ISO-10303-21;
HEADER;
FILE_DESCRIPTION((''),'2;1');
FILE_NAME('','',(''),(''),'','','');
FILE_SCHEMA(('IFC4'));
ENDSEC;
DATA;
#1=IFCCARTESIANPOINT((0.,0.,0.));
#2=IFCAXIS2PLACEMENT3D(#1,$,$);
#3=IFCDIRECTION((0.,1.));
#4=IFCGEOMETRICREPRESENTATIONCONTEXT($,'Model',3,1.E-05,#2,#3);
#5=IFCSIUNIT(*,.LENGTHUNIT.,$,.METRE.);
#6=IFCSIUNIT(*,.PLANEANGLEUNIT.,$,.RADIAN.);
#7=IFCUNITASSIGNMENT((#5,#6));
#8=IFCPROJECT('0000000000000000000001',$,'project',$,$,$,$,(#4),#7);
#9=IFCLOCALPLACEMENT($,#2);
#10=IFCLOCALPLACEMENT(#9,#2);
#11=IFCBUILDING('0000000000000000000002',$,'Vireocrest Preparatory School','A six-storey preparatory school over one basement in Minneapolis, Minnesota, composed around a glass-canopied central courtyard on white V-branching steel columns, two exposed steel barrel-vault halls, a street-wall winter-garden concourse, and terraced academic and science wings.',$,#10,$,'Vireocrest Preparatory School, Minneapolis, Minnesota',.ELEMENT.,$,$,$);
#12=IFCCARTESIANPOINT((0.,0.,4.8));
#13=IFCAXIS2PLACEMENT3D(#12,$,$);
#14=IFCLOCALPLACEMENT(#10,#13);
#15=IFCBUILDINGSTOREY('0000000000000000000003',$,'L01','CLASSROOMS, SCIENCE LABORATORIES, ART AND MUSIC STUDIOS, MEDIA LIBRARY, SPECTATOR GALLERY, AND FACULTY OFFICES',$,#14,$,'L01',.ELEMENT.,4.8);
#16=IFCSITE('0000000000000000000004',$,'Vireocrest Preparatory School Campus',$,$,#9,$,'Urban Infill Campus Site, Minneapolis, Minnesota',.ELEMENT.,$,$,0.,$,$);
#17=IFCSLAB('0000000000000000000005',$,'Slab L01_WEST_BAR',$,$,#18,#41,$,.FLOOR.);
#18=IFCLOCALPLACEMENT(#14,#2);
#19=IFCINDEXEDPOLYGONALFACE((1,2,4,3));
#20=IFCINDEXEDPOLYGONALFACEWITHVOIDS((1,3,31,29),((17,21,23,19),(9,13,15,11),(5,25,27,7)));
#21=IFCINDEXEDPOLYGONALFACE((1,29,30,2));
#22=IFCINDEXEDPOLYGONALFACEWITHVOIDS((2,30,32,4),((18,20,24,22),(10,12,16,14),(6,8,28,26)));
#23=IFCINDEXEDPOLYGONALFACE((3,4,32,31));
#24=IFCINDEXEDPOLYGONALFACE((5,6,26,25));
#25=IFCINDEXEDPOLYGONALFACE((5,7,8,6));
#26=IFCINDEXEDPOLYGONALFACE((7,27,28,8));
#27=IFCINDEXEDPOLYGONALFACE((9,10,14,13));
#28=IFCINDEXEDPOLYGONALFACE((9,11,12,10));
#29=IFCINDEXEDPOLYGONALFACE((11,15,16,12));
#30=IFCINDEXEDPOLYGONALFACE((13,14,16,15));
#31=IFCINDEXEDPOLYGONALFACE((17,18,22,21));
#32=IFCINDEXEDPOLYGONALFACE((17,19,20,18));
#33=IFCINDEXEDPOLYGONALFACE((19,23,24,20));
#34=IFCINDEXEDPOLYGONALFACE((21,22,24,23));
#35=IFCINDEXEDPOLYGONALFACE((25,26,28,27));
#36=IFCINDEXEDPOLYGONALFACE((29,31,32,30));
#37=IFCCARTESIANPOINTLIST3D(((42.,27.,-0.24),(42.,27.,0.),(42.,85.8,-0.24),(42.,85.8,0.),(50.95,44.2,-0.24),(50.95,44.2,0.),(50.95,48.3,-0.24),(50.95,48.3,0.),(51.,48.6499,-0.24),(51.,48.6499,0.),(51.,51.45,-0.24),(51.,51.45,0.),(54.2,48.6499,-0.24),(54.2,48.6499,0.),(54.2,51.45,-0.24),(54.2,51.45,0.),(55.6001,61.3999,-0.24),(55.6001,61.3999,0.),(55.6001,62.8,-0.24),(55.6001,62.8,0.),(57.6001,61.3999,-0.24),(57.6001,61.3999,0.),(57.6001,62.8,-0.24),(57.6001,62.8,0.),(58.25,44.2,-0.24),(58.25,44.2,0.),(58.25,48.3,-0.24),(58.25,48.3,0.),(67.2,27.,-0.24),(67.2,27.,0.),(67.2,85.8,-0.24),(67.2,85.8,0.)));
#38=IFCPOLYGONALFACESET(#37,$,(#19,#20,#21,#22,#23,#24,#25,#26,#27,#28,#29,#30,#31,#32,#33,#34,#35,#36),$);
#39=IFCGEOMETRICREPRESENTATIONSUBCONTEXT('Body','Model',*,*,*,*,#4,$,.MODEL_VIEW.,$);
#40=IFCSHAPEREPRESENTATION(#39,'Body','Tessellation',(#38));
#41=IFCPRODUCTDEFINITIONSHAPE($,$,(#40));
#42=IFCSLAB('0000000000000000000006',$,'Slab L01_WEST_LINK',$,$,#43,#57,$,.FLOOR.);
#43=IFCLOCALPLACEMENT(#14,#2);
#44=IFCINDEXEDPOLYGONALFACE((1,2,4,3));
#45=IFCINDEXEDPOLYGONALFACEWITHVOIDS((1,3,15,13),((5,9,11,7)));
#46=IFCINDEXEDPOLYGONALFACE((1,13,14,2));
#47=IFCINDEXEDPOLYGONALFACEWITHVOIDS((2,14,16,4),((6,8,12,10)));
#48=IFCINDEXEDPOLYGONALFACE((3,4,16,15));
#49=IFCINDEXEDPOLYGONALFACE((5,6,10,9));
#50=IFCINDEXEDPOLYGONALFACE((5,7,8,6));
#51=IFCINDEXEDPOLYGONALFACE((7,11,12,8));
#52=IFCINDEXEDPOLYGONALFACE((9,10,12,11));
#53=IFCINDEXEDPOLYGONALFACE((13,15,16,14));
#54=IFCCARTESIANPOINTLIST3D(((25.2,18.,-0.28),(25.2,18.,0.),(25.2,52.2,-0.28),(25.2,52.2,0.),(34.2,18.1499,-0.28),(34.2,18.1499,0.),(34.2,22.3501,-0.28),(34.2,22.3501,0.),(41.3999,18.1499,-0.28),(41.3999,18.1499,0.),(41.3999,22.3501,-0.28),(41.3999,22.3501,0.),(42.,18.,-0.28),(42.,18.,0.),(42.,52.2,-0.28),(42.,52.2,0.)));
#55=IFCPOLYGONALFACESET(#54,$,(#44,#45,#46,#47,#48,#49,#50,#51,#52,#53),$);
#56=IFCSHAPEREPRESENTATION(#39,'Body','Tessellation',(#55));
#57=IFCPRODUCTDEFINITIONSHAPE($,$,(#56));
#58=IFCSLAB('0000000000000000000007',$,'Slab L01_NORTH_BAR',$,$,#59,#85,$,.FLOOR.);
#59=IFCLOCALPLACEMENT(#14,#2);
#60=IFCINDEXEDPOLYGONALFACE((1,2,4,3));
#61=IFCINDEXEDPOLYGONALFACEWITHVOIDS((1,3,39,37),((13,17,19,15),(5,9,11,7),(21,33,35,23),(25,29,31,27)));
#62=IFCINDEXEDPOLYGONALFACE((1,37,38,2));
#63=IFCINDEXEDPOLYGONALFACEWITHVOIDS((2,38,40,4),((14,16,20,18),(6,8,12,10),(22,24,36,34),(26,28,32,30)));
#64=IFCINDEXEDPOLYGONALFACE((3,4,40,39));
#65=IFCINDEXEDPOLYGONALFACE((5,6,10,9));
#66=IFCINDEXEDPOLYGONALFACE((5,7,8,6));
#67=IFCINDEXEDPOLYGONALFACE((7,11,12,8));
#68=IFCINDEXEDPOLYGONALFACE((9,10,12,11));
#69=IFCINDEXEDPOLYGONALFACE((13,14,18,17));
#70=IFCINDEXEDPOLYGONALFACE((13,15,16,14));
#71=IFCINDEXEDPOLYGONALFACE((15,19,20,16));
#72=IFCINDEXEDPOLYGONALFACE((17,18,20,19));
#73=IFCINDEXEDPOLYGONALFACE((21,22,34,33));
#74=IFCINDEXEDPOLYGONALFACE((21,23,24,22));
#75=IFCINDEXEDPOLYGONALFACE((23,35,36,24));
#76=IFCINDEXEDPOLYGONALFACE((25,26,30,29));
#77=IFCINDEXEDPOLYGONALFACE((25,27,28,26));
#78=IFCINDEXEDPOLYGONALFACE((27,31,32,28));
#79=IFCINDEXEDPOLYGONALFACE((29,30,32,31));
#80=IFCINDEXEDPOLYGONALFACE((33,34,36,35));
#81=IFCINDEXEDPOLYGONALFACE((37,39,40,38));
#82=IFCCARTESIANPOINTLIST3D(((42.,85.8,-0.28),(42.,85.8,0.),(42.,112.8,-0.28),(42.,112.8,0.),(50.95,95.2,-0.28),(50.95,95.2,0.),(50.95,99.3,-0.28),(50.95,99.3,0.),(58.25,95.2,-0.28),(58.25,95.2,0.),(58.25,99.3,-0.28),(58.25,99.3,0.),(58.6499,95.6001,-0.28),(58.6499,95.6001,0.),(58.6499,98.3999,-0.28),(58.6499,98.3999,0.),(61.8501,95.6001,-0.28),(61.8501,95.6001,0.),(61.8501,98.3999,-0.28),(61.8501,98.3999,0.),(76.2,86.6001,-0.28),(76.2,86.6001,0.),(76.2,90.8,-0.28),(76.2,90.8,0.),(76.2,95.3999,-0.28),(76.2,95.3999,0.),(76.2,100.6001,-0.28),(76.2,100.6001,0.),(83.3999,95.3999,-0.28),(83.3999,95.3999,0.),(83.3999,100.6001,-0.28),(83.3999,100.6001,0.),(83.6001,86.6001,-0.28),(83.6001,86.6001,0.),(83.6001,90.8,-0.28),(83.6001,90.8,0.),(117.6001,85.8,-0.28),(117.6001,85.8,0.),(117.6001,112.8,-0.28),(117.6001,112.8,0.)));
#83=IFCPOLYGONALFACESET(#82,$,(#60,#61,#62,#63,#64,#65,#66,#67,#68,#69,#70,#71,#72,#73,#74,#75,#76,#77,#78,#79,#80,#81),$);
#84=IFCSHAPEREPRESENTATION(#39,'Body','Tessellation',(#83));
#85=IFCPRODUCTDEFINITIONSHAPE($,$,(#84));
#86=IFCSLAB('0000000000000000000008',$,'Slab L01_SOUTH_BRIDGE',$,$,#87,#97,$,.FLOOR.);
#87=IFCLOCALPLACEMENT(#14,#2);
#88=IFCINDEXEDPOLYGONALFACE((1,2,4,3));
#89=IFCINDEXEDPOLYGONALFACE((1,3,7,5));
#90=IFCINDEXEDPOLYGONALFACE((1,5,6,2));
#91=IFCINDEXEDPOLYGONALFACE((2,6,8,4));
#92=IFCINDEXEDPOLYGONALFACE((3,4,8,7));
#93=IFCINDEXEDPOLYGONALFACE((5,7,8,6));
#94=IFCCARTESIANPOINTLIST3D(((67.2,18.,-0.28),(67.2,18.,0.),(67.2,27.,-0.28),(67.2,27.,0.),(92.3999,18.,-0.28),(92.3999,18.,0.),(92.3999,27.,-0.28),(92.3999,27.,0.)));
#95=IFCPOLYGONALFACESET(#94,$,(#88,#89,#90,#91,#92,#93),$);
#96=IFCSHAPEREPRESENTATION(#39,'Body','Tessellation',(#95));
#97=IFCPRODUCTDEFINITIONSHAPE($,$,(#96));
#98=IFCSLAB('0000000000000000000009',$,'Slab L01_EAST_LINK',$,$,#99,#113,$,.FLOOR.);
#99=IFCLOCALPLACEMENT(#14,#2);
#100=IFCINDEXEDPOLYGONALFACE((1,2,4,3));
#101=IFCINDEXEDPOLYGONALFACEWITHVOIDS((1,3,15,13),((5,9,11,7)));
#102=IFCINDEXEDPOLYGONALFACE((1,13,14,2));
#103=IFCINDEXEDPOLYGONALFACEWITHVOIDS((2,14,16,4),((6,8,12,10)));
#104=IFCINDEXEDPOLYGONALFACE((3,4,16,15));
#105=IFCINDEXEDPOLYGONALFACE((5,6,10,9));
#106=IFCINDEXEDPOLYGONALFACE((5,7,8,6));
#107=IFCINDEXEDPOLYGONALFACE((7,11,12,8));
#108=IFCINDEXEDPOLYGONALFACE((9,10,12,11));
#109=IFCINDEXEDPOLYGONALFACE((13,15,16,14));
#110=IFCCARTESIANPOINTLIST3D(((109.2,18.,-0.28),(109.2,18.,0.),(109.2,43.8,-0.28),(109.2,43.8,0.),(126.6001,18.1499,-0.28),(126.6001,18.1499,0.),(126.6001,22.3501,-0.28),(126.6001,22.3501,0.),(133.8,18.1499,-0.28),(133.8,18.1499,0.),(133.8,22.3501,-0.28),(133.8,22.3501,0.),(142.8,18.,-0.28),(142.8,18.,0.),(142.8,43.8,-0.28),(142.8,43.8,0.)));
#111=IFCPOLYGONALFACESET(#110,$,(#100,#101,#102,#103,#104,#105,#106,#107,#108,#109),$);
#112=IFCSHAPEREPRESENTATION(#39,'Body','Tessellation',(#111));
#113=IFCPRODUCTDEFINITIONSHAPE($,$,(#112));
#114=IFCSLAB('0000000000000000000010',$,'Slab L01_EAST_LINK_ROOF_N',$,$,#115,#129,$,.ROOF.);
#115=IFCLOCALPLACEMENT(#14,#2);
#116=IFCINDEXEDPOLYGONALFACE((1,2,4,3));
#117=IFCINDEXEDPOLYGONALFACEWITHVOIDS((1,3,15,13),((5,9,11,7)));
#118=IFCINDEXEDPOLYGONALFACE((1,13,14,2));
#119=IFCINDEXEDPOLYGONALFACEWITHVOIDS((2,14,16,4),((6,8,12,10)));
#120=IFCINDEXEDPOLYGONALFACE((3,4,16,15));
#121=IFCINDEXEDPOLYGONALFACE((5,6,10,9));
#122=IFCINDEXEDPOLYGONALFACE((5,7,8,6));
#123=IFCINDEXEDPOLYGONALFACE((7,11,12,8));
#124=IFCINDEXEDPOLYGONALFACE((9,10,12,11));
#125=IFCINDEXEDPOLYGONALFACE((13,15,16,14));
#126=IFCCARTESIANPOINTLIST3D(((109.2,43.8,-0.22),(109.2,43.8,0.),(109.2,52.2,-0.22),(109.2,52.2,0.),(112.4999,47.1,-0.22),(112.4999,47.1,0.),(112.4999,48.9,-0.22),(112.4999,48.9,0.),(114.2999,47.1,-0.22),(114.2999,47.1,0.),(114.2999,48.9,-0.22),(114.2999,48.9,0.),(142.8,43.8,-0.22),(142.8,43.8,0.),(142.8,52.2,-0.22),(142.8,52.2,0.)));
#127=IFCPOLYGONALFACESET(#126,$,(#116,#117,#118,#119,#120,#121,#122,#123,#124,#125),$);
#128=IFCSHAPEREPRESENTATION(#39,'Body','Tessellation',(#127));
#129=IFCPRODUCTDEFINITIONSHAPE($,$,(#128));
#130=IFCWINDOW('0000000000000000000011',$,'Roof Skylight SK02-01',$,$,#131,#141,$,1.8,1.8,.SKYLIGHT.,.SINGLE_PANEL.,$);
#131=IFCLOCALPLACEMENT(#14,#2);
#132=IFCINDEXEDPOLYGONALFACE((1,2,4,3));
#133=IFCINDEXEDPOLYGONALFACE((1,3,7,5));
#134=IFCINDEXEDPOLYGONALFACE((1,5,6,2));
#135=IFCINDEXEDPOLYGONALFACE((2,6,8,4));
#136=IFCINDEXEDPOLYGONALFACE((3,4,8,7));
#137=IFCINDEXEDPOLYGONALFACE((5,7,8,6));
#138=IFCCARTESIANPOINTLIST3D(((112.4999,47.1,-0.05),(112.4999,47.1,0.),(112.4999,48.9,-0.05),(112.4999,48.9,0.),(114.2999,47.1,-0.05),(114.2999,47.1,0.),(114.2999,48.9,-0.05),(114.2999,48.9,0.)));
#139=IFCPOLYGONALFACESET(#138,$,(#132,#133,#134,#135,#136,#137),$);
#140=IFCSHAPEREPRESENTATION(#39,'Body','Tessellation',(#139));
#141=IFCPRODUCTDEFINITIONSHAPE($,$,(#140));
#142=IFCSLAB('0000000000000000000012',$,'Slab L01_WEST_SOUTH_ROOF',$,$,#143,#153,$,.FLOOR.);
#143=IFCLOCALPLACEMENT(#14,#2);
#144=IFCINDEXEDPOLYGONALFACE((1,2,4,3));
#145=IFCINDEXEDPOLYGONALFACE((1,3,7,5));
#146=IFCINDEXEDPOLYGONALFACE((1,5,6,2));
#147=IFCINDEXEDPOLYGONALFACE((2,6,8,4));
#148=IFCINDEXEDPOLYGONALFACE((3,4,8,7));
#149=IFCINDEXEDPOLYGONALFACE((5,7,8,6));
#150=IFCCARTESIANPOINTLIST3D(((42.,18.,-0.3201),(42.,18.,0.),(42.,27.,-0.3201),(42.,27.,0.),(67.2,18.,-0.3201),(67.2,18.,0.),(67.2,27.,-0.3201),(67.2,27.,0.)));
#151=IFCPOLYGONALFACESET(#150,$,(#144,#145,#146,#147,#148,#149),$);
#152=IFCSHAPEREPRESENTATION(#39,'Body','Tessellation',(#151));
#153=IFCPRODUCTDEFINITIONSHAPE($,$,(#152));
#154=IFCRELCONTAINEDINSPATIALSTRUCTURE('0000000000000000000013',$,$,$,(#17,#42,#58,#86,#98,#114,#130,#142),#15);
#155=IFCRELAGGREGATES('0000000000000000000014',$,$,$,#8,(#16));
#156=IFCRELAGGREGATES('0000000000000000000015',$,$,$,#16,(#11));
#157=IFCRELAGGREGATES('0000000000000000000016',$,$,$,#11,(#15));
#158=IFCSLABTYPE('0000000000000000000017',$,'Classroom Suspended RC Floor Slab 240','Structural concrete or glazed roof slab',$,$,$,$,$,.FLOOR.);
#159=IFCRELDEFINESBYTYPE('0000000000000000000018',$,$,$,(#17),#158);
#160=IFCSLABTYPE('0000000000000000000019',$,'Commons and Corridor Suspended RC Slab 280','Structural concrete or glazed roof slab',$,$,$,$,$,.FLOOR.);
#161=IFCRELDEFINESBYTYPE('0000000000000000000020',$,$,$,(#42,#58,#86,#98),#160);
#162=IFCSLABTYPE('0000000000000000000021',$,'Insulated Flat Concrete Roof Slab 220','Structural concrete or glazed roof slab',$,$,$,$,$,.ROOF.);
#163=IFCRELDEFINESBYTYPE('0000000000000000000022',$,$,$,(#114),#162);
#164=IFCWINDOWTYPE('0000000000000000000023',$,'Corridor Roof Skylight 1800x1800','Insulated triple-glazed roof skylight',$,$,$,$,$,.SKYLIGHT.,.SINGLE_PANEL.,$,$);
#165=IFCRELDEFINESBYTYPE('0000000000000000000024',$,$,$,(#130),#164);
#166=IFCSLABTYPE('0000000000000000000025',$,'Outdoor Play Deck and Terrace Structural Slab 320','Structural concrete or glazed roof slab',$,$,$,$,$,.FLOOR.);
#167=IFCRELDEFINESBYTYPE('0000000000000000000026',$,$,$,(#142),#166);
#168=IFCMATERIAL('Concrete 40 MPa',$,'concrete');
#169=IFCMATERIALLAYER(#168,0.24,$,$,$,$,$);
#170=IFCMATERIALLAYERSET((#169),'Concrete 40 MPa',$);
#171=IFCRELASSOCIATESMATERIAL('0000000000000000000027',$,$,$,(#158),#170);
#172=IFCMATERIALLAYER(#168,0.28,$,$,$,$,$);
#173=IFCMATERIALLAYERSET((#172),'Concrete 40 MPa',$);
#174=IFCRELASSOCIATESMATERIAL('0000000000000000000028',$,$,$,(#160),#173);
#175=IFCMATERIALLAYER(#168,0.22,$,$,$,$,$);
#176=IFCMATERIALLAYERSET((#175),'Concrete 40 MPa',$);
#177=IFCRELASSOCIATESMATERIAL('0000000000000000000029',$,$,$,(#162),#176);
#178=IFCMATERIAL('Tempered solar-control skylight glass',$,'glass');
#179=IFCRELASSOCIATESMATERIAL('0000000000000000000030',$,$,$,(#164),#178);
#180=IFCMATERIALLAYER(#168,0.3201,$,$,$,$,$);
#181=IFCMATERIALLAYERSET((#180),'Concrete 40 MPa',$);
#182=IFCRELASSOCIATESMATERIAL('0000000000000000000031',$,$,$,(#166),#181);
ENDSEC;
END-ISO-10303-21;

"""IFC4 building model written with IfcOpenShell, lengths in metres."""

from ifc_helpers import new_model, si_unit, direction, frame, origin, origin_2d, place, context, subcontext, project, spatial, polyline, rectangle, outline, extrude, material, layer, layer_set, type_object, element, fill, save


model = new_model("IFC4")

# Units and contexts
model_context = context("Model", 3, precision=1e-05, world=origin(), true_north=direction((0.0, 1.0)))
body_context = subcontext(model_context, "Body", "Model", "MODEL_VIEW")
ifc_project = project(units=[si_unit("LENGTHUNIT", "METRE"), si_unit("PLANEANGLEUNIT", "RADIAN")], contexts=[model_context])

# Site, building, storey
site_placement = place(None, origin())
site = spatial("IfcSite", under=ifc_project, at=site_placement, Name="Vireocrest Preparatory School Campus", LongName="Urban Infill Campus Site, Minneapolis, Minnesota", CompositionType="ELEMENT", RefElevation=0.0)
building_placement = place(site_placement, origin())
building = spatial("IfcBuilding", under=site, at=building_placement, Name="Vireocrest Preparatory School", Description="A six-storey preparatory school over one basement in Minneapolis, Minnesota, composed around a glass-canopied central courtyard on white V-branching steel columns, two exposed steel barrel-vault halls, a street-wall winter-garden concourse, and terraced academic and science wings.", LongName="Vireocrest Preparatory School, Minneapolis, Minnesota", CompositionType="ELEMENT")
storey_placement = place(building_placement, frame((0.0, 0.0, 4.8)))
storey = spatial("IfcBuildingStorey", under=building, at=storey_placement, Name="L01", Description="CLASSROOMS, SCIENCE LABORATORIES, ART AND MUSIC STUDIOS, MEDIA LIBRARY, SPECTATOR GALLERY, AND FACULTY OFFICES", LongName="L01", CompositionType="ELEMENT", Elevation=4.8)

# Slab, openings
ifc_material_1 = material(Name="Concrete 40 MPa", Category="concrete")
ifc_layer_1 = layer(ifc_material_1, 0.24)
ifc_layer_set_1 = layer_set([ifc_layer_1], Name="Concrete 40 MPa")
slab_type_1 = type_object("IfcSlabType", Name="Classroom Suspended RC Floor Slab 240", Description="Structural concrete or glazed roof slab", PredefinedType="FLOOR", material=ifc_layer_set_1)
slab_1_placement = place(storey_placement, frame((0.0, 0.0, -0.24)))
slab_1 = element("IfcSlab", 1, at=slab_1_placement, inside=storey, type_object=slab_type_1, Name="Slab L01_WEST_BAR", PredefinedType="FLOOR", context=body_context, shape_type="SweptSolid", body=[
    extrude(outline(polyline([(42.0, 27.0), (67.2, 27.0), (67.2, 85.8), (42.0, 85.8), (42.0, 27.0)])), origin(), (0.0, 0.0, 1.0), 0.24),
])
opening_1_placement = place(slab_1_placement, frame((0.0, 0.0, -0.01)))
element("IfcOpeningElement", 2, at=opening_1_placement, cuts=slab_1, PredefinedType="OPENING", context=body_context, shape_type="SweptSolid", body=[
    extrude(outline(polyline([(50.95, 44.2), (58.25, 44.2), (58.25, 48.3), (50.95, 48.3), (50.95, 44.2)])), origin(), (0.0, 0.0, 1.0), 0.26),
])
opening_2_placement = place(slab_1_placement, frame((0.0, 0.0, -0.01)))
element("IfcOpeningElement", 3, at=opening_2_placement, cuts=slab_1, PredefinedType="OPENING", context=body_context, shape_type="SweptSolid", body=[
    extrude(outline(polyline([(51.0, 48.6499), (54.2, 48.6499), (54.2, 51.45), (51.0, 51.45), (51.0, 48.6499)])), origin(), (0.0, 0.0, 1.0), 0.26),
])
opening_3_placement = place(slab_1_placement, frame((0.0, 0.0, -0.01)))
element("IfcOpeningElement", 4, at=opening_3_placement, cuts=slab_1, PredefinedType="OPENING", context=body_context, shape_type="SweptSolid", body=[
    extrude(outline(polyline([(55.6001, 61.3999), (57.6001, 61.3999), (57.6001, 62.8), (55.6001, 62.8), (55.6001, 61.3999)])), origin(), (0.0, 0.0, 1.0), 0.26),
])

# Slab, opening
ifc_layer_2 = layer(ifc_material_1, 0.28)
ifc_layer_set_2 = layer_set([ifc_layer_2], Name="Concrete 40 MPa")
slab_type_2 = type_object("IfcSlabType", Name="Commons and Corridor Suspended RC Slab 280", Description="Structural concrete or glazed roof slab", PredefinedType="FLOOR", material=ifc_layer_set_2)
slab_2_placement = place(storey_placement, frame((0.0, 0.0, -0.28)))
slab_2 = element("IfcSlab", 5, at=slab_2_placement, inside=storey, type_object=slab_type_2, Name="Slab L01_WEST_LINK", PredefinedType="FLOOR", context=body_context, shape_type="SweptSolid", body=[
    extrude(outline(polyline([(25.2, 18.0), (42.0, 18.0), (42.0, 52.2), (25.2, 52.2), (25.2, 18.0)])), origin(), (0.0, 0.0, 1.0), 0.28),
])
opening_4_placement = place(slab_2_placement, frame((0.0, 0.0, -0.01)))
element("IfcOpeningElement", 6, at=opening_4_placement, cuts=slab_2, PredefinedType="OPENING", context=body_context, shape_type="SweptSolid", body=[
    extrude(outline(polyline([(34.2, 18.1499), (41.3999, 18.1499), (41.3999, 22.3501), (34.2, 22.3501), (34.2, 18.1499)])), origin(), (0.0, 0.0, 1.0), 0.3),
])

# Slab, openings
slab_3_placement = place(storey_placement, frame((0.0, 0.0, -0.28)))
slab_3 = element("IfcSlab", 7, at=slab_3_placement, inside=storey, type_object=slab_type_2, Name="Slab L01_NORTH_BAR", PredefinedType="FLOOR", context=body_context, shape_type="SweptSolid", body=[
    extrude(outline(polyline([(42.0, 85.8), (117.6001, 85.8), (117.6001, 112.8), (42.0, 112.8), (42.0, 85.8)])), origin(), (0.0, 0.0, 1.0), 0.28),
])
opening_5_placement = place(slab_3_placement, frame((0.0, 0.0, -0.01)))
element("IfcOpeningElement", 8, at=opening_5_placement, cuts=slab_3, PredefinedType="OPENING", context=body_context, shape_type="SweptSolid", body=[
    extrude(outline(polyline([(50.95, 95.2), (58.25, 95.2), (58.25, 99.3), (50.95, 99.3), (50.95, 95.2)])), origin(), (0.0, 0.0, 1.0), 0.3),
])
opening_6_placement = place(slab_3_placement, frame((0.0, 0.0, -0.01)))
element("IfcOpeningElement", 9, at=opening_6_placement, cuts=slab_3, PredefinedType="OPENING", context=body_context, shape_type="SweptSolid", body=[
    extrude(outline(polyline([(58.6499, 95.6001), (61.8501, 95.6001), (61.8501, 98.3999), (58.6499, 98.3999), (58.6499, 95.6001)])), origin(), (0.0, 0.0, 1.0), 0.3),
])
opening_7_placement = place(slab_3_placement, frame((0.0, 0.0, -0.01)))
element("IfcOpeningElement", 10, at=opening_7_placement, cuts=slab_3, PredefinedType="OPENING", context=body_context, shape_type="SweptSolid", body=[
    extrude(outline(polyline([(76.2, 86.6001), (83.6001, 86.6001), (83.6001, 90.8), (76.2, 90.8), (76.2, 86.6001)])), origin(), (0.0, 0.0, 1.0), 0.3),
])
opening_8_placement = place(slab_3_placement, frame((0.0, 0.0, -0.01)))
element("IfcOpeningElement", 11, at=opening_8_placement, cuts=slab_3, PredefinedType="OPENING", context=body_context, shape_type="SweptSolid", body=[
    extrude(outline(polyline([(76.2, 95.3999), (83.3999, 95.3999), (83.3999, 100.6001), (76.2, 100.6001), (76.2, 95.3999)])), origin(), (0.0, 0.0, 1.0), 0.3),
])

# Slab
slab_4_placement = place(storey_placement, frame((0.0, 0.0, -0.28)))
element("IfcSlab", 12, at=slab_4_placement, inside=storey, type_object=slab_type_2, Name="Slab L01_SOUTH_BRIDGE", PredefinedType="FLOOR", context=body_context, shape_type="SweptSolid", body=[
    extrude(outline(polyline([(67.2, 18.0), (92.3999, 18.0), (92.3999, 27.0), (67.2, 27.0), (67.2, 18.0)])), origin(), (0.0, 0.0, 1.0), 0.28),
])

# Slab, opening
slab_5_placement = place(storey_placement, frame((0.0, 0.0, -0.28)))
slab_5 = element("IfcSlab", 13, at=slab_5_placement, inside=storey, type_object=slab_type_2, Name="Slab L01_EAST_LINK", PredefinedType="FLOOR", context=body_context, shape_type="SweptSolid", body=[
    extrude(outline(polyline([(109.2, 18.0), (142.8, 18.0), (142.8, 43.8), (109.2, 43.8), (109.2, 18.0)])), origin(), (0.0, 0.0, 1.0), 0.28),
])
opening_9_placement = place(slab_5_placement, frame((0.0, 0.0, -0.01)))
element("IfcOpeningElement", 14, at=opening_9_placement, cuts=slab_5, PredefinedType="OPENING", context=body_context, shape_type="SweptSolid", body=[
    extrude(outline(polyline([(126.6001, 18.1499), (133.8, 18.1499), (133.8, 22.3501), (126.6001, 22.3501), (126.6001, 18.1499)])), origin(), (0.0, 0.0, 1.0), 0.3),
])

# Slab, opening, window
ifc_layer_3 = layer(ifc_material_1, 0.22)
ifc_layer_set_3 = layer_set([ifc_layer_3], Name="Concrete 40 MPa")
slab_type_3 = type_object("IfcSlabType", Name="Insulated Flat Concrete Roof Slab 220", Description="Structural concrete or glazed roof slab", PredefinedType="ROOF", material=ifc_layer_set_3)
slab_6_placement = place(storey_placement, frame((0.0, 0.0, -0.22)))
slab_6 = element("IfcSlab", 15, at=slab_6_placement, inside=storey, type_object=slab_type_3, Name="Slab L01_EAST_LINK_ROOF_N", PredefinedType="ROOF", context=body_context, shape_type="SweptSolid", body=[
    extrude(outline(polyline([(109.2, 43.8), (142.8, 43.8), (142.8, 52.2), (109.2, 52.2), (109.2, 43.8)])), origin(), (0.0, 0.0, 1.0), 0.22),
])
opening_10_placement = place(slab_6_placement, frame((113.3999, 48.0, -0.01)))
opening_10 = element("IfcOpeningElement", 16, at=opening_10_placement, cuts=slab_6, PredefinedType="OPENING", context=body_context, shape_type="SweptSolid", body=[
    extrude(rectangle(XDim=1.8, YDim=1.8, at=origin_2d()), origin(), (0.0, 0.0, 1.0), 0.24),
])
ifc_material_2 = material(Name="Tempered solar-control skylight glass", Category="glass")
window_type = type_object("IfcWindowType", Name="Corridor Roof Skylight 1800x1800", Description="Insulated triple-glazed roof skylight", PartitioningType="SINGLE_PANEL", PredefinedType="SKYLIGHT", material=ifc_material_2)
window_placement = place(opening_10_placement, frame((0.0, 0.0, 0.1799)))
window = element("IfcWindow", 17, at=window_placement, inside=storey, type_object=window_type, Name="Roof Skylight SK02-01", OverallHeight=1.8, OverallWidth=1.8, PartitioningType="SINGLE_PANEL", PredefinedType="SKYLIGHT", context=body_context, shape_type="SweptSolid", body=[
    extrude(rectangle(XDim=1.8, YDim=1.8, at=origin_2d()), origin(), (0.0, 0.0, 1.0), 0.05),
])
fill(opening_10, window)

# Slab
ifc_layer_4 = layer(ifc_material_1, 0.3201)
ifc_layer_set_4 = layer_set([ifc_layer_4], Name="Concrete 40 MPa")
slab_type_4 = type_object("IfcSlabType", Name="Outdoor Play Deck and Terrace Structural Slab 320", Description="Structural concrete or glazed roof slab", PredefinedType="FLOOR", material=ifc_layer_set_4)
slab_7_placement = place(storey_placement, frame((0.0, 0.0, -0.3201)))
element("IfcSlab", 18, at=slab_7_placement, inside=storey, type_object=slab_type_4, Name="Slab L01_WEST_SOUTH_ROOF", PredefinedType="FLOOR", context=body_context, shape_type="SweptSolid", body=[
    extrude(outline(polyline([(42.0, 18.0), (67.2, 18.0), (67.2, 27.0), (42.0, 27.0), (42.0, 18.0)])), origin(), (0.0, 0.0, 1.0), 0.3201),
])

save(model, "model.ifc")
